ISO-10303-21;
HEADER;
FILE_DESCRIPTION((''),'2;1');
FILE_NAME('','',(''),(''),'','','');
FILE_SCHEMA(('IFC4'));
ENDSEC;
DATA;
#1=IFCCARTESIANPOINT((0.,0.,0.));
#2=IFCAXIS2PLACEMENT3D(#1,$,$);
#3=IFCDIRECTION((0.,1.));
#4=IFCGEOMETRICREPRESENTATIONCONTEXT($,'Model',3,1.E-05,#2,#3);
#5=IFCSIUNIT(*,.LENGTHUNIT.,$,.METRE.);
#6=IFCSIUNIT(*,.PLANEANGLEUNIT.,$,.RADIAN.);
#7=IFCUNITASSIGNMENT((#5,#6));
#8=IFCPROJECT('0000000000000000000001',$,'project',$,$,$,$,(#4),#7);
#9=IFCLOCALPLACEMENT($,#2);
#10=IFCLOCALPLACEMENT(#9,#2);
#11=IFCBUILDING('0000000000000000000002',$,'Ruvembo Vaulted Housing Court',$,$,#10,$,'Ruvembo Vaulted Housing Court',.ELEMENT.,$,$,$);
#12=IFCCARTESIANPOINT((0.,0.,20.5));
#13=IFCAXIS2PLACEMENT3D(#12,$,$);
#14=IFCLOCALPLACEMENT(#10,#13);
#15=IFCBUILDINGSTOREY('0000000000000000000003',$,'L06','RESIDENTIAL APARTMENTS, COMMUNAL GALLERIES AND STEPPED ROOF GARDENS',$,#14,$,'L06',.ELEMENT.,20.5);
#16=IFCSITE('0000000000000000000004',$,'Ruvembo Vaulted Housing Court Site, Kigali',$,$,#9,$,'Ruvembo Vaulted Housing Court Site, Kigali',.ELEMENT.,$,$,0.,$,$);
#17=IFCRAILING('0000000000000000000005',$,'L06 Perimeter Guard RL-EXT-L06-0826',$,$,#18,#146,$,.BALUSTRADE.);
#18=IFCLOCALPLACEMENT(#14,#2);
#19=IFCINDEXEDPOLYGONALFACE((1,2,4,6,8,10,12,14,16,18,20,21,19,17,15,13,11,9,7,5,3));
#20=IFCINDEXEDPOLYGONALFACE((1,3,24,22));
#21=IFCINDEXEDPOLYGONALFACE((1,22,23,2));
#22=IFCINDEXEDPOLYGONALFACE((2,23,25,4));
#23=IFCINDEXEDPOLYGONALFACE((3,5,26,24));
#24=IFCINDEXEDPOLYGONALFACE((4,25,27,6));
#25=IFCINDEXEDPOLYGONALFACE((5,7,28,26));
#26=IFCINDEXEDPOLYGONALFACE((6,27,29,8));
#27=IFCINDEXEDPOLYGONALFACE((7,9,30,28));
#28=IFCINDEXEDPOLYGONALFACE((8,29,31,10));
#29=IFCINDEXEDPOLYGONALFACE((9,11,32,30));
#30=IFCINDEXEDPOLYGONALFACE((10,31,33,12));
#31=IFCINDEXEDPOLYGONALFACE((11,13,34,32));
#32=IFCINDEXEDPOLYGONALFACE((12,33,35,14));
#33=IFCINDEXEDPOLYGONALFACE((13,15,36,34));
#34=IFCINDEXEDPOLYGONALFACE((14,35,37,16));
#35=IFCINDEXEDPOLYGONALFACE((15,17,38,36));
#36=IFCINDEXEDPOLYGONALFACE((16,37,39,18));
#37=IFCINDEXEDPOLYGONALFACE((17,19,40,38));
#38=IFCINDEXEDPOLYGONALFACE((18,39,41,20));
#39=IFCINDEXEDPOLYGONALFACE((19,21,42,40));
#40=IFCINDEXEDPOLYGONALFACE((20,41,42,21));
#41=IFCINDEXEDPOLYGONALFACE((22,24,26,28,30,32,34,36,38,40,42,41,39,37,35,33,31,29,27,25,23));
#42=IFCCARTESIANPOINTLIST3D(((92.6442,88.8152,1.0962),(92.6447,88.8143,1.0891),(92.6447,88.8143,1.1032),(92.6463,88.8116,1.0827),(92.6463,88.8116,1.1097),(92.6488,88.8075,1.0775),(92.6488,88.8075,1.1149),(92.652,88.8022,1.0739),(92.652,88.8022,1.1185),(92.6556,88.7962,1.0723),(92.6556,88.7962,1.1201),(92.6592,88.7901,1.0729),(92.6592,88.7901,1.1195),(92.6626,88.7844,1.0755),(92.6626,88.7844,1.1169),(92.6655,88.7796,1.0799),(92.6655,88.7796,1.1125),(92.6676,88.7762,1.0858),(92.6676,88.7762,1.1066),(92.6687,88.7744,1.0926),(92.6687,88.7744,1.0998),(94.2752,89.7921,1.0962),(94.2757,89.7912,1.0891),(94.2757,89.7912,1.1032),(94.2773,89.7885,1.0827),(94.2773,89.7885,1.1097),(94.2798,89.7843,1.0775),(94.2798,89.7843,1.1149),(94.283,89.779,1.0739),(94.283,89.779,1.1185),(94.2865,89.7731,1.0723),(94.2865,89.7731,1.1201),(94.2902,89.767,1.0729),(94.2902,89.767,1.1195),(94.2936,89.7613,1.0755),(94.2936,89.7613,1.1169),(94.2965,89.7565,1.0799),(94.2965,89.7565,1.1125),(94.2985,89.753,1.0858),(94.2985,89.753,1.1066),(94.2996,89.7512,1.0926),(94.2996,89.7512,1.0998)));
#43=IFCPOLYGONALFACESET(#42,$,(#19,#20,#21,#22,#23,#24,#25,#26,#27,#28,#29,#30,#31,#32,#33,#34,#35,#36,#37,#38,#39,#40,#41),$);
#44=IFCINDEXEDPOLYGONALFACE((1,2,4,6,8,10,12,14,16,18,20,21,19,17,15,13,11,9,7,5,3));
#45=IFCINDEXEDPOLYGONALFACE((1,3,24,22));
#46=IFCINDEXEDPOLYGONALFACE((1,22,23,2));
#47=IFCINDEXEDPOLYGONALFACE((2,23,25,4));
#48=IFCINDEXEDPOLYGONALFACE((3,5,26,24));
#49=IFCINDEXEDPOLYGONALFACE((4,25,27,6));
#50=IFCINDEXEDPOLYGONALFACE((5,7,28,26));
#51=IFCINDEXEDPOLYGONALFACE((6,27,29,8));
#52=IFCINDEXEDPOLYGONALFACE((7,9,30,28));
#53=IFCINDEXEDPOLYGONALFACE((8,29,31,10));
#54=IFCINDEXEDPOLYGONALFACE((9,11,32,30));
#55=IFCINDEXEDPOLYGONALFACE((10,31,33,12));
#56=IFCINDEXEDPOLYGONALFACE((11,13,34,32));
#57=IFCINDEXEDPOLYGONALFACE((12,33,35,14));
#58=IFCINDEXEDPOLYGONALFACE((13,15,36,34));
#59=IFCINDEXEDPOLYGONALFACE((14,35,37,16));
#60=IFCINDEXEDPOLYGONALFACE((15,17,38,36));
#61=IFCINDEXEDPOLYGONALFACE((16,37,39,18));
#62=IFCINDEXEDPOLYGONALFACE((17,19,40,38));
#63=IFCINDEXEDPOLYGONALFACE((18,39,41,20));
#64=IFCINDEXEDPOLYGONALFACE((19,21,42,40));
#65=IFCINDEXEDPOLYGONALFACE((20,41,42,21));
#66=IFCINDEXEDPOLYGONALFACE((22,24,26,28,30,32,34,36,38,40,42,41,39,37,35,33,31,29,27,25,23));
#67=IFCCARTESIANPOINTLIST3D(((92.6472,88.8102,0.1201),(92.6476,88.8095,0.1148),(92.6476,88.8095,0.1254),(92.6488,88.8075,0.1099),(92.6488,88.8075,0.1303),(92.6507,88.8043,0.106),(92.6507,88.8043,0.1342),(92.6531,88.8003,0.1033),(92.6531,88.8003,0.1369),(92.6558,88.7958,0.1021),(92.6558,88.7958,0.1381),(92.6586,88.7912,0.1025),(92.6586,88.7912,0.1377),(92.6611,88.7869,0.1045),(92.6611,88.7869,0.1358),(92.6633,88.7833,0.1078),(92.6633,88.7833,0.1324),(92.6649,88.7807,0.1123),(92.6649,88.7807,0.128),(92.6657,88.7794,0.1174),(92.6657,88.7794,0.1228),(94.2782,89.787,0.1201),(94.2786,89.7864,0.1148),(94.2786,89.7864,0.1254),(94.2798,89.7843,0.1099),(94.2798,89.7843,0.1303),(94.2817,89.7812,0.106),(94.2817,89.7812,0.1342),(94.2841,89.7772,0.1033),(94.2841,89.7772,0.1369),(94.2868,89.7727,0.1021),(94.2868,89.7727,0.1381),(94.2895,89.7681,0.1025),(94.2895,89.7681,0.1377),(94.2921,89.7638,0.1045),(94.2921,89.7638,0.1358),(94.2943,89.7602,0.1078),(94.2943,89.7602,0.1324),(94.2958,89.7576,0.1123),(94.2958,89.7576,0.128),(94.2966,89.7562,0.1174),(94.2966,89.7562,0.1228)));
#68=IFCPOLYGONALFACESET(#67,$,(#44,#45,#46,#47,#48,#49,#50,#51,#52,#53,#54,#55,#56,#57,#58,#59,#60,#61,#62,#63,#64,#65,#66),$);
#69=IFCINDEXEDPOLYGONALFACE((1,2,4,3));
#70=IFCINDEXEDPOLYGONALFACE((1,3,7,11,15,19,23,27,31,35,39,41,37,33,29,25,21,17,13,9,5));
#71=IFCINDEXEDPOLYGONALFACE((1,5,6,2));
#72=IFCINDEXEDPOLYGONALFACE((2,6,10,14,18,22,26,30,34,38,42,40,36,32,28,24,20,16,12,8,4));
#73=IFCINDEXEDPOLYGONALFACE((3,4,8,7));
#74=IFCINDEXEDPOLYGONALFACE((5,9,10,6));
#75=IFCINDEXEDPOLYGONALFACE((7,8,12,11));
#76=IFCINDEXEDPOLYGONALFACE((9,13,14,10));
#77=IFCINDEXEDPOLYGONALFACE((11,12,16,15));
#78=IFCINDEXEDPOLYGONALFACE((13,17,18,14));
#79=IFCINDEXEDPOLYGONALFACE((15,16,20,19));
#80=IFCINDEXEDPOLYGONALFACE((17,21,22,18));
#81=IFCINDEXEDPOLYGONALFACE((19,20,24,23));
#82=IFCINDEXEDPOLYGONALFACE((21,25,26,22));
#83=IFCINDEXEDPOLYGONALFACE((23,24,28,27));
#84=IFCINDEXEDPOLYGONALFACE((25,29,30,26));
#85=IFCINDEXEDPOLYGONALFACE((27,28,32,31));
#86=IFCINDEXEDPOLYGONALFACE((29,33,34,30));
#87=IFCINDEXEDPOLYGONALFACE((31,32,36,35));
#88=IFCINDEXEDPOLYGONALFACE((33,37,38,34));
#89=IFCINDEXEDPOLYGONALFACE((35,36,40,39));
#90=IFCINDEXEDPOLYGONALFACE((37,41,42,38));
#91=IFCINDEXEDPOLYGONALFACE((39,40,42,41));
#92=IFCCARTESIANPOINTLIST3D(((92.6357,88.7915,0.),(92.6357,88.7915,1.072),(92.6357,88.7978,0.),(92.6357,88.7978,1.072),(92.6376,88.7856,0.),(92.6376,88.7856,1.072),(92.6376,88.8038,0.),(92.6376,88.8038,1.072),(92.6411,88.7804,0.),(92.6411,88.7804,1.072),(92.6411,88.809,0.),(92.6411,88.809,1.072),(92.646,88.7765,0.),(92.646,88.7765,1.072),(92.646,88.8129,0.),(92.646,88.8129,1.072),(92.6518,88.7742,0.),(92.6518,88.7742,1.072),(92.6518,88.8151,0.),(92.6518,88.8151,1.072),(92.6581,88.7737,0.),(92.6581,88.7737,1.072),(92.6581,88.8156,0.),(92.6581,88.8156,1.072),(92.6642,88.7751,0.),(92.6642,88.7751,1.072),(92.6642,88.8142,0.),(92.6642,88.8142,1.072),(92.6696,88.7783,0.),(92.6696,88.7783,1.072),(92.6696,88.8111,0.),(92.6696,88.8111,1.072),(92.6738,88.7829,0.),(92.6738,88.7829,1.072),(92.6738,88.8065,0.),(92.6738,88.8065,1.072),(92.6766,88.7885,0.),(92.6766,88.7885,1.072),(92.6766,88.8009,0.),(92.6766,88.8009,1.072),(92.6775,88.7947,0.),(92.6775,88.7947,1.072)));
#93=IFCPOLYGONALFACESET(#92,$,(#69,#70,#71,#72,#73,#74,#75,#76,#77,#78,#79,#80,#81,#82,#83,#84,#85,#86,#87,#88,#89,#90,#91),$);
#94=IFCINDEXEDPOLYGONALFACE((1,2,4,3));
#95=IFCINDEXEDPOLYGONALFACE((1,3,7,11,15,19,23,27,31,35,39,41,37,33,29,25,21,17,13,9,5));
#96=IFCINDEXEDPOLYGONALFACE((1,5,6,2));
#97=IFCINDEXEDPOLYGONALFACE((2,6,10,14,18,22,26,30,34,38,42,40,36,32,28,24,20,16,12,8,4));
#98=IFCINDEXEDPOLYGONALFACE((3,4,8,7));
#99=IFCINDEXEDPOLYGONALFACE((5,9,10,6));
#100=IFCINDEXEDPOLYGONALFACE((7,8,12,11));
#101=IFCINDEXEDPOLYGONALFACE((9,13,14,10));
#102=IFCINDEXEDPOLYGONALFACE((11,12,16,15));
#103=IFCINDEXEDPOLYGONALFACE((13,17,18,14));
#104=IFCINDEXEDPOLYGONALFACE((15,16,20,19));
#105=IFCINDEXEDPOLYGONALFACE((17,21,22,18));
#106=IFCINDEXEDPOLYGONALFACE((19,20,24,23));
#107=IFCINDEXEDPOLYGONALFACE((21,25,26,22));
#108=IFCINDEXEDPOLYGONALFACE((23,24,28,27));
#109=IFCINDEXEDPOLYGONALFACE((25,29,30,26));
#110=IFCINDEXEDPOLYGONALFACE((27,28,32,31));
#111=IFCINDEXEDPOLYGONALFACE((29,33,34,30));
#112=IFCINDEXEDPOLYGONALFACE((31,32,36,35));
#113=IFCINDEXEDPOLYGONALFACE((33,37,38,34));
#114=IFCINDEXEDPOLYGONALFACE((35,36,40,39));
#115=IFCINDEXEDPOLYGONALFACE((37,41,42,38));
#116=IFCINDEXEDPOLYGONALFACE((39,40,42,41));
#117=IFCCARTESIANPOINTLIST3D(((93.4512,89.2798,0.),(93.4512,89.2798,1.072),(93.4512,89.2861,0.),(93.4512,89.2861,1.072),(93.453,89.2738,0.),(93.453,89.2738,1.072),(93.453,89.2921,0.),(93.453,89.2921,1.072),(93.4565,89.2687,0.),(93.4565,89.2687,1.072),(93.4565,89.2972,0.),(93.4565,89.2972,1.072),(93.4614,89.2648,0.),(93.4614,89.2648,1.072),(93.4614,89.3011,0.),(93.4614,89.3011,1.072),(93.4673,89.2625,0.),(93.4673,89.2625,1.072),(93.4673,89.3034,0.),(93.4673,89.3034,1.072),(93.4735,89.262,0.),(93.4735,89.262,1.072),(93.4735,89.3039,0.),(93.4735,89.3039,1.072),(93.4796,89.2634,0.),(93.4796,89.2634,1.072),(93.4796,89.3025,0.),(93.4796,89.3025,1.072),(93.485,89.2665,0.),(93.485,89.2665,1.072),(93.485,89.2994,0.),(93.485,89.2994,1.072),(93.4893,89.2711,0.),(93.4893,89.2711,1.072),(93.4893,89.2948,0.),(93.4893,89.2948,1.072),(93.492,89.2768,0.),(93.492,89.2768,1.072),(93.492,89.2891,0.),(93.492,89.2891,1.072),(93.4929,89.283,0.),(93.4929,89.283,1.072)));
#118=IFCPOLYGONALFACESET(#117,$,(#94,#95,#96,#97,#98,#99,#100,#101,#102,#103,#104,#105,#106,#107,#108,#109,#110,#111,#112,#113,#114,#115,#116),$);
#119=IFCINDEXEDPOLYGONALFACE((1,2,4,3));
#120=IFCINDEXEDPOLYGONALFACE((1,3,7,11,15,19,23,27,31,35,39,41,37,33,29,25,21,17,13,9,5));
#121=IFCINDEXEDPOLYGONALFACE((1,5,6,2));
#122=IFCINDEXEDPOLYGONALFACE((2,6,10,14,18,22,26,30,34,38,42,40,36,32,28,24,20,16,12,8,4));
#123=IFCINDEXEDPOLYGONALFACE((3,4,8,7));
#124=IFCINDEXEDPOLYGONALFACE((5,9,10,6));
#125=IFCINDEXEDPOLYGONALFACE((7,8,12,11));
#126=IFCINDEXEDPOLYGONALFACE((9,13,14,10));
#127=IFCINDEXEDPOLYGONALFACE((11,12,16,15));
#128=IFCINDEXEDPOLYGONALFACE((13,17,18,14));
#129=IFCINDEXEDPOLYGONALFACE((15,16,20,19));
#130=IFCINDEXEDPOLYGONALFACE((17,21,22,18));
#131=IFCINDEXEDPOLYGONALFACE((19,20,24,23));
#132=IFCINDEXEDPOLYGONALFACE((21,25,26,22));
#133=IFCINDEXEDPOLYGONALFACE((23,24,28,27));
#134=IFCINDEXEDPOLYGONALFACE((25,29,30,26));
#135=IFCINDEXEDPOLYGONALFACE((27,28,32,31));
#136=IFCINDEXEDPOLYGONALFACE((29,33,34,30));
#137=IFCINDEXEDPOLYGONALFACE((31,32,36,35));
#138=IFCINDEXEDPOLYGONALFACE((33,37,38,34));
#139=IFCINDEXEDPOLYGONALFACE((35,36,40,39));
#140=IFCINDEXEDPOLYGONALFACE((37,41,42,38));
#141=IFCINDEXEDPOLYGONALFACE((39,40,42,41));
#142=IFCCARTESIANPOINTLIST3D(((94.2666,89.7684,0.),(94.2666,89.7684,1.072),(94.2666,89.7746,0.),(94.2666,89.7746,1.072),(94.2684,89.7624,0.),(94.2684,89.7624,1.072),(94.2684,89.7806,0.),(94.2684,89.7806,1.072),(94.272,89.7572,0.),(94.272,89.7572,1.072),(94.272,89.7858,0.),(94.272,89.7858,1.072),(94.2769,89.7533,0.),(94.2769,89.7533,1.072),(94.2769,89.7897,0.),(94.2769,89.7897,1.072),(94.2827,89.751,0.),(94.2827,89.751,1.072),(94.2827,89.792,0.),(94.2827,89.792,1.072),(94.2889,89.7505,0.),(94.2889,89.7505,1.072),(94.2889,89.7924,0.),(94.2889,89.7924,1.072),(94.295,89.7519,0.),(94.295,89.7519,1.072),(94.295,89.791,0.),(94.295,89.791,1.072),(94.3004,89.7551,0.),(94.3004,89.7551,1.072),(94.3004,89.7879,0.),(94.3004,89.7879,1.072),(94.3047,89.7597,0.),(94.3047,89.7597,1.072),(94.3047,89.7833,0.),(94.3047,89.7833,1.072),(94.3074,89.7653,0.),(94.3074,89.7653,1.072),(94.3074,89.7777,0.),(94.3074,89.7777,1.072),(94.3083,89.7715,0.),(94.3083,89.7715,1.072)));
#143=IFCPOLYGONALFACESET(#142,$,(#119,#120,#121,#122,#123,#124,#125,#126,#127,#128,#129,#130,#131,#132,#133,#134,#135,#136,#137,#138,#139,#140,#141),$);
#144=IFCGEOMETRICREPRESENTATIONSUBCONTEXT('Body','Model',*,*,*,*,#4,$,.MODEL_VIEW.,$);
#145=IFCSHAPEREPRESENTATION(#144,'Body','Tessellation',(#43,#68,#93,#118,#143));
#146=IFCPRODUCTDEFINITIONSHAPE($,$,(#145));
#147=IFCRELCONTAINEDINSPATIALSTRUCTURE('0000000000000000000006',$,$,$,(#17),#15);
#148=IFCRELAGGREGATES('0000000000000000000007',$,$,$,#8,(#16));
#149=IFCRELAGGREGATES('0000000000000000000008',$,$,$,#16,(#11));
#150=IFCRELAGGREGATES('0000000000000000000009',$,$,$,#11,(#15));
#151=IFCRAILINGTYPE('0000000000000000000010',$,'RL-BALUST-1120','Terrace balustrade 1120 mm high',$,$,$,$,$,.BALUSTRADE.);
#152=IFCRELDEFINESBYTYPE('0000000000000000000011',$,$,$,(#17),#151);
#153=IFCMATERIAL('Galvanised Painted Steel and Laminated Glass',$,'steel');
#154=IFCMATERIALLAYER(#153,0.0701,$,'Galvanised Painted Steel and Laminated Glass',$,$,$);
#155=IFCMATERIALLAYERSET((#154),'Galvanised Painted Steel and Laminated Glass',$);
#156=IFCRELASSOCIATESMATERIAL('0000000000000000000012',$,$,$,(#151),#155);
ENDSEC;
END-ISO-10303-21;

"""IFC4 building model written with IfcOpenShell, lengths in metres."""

from ifc_helpers import new_model, si_unit, direction, frame, origin, origin_2d, place, context, subcontext, project, spatial, circle, extrude, material, layer, layer_set, type_object, element, save


model = new_model("IFC4")

# Units and contexts
model_context = context("Model", 3, precision=1e-05, world=origin(), true_north=direction((0.0, 1.0)))
body_context = subcontext(model_context, "Body", "Model", "MODEL_VIEW")
ifc_project = project(units=[si_unit("LENGTHUNIT", "METRE"), si_unit("PLANEANGLEUNIT", "RADIAN")], contexts=[model_context])

# Site, building, storey
site_placement = place(None, origin())
site = spatial("IfcSite", under=ifc_project, at=site_placement, Name="Ruvembo Vaulted Housing Court Site, Kigali", LongName="Ruvembo Vaulted Housing Court Site, Kigali", CompositionType="ELEMENT", RefElevation=0.0)
building_placement = place(site_placement, origin())
building = spatial("IfcBuilding", under=site, at=building_placement, Name="Ruvembo Vaulted Housing Court", LongName="Ruvembo Vaulted Housing Court", CompositionType="ELEMENT")
storey_placement = place(building_placement, frame((0.0, 0.0, 20.5)))
storey = spatial("IfcBuildingStorey", under=building, at=storey_placement, Name="L06", Description="RESIDENTIAL APARTMENTS, COMMUNAL GALLERIES AND STEPPED ROOF GARDENS", LongName="L06", CompositionType="ELEMENT", Elevation=20.5)

# Railing
ifc_material_1 = material(Name="Galvanised Painted Steel and Laminated Glass", Category="steel")
ifc_layer_1 = layer(ifc_material_1, 0.0701, Name="Galvanised Painted Steel and Laminated Glass")
ifc_layer_set_1 = layer_set([ifc_layer_1], Name="Galvanised Painted Steel and Laminated Glass")
railing_type = type_object("IfcRailingType", Name="RL-BALUST-1120", Description="Terrace balustrade 1120 mm high", PredefinedType="BALUSTRADE", material=ifc_layer_set_1)
railing_1_placement = place(storey_placement, frame((92.6565, 88.7947, 0.0)))
element("IfcRailing", 1, at=railing_1_placement, inside=storey, type_object=railing_type, Name="L06 Perimeter Guard RL-EXT-L06-0826", PredefinedType="BALUSTRADE", context=body_context, shape_type="SweptSolid", body=[
    extrude(circle(Radius=0.0239, at=origin_2d()), frame((0.0, 0.0, 1.0962), z_axis=(0.857889, 0.513835, 0.0), x_axis=(-0.513835, 0.857889, 0.0)), (0.0, 0.0, 1.0), 1.9011),
    extrude(circle(Radius=0.0181, at=origin_2d()), frame((0.0, 0.0, 0.1201), z_axis=(0.857889, 0.513835, 0.0), x_axis=(-0.513835, 0.857889, 0.0)), (0.0, 0.0, 1.0), 1.9011),
    extrude(circle(Radius=0.021, at=origin_2d()), origin(), (0.0, 0.0, 1.0), 1.072),
    extrude(circle(Radius=0.021, at=origin_2d()), frame((0.8154, 0.4883, 0.0)), (0.0, 0.0, 1.0), 1.072),
    extrude(circle(Radius=0.021, at=origin_2d()), frame((1.6309, 0.9768, 0.0)), (0.0, 0.0, 1.0), 1.072),
])

save(model, "model.ifc")
